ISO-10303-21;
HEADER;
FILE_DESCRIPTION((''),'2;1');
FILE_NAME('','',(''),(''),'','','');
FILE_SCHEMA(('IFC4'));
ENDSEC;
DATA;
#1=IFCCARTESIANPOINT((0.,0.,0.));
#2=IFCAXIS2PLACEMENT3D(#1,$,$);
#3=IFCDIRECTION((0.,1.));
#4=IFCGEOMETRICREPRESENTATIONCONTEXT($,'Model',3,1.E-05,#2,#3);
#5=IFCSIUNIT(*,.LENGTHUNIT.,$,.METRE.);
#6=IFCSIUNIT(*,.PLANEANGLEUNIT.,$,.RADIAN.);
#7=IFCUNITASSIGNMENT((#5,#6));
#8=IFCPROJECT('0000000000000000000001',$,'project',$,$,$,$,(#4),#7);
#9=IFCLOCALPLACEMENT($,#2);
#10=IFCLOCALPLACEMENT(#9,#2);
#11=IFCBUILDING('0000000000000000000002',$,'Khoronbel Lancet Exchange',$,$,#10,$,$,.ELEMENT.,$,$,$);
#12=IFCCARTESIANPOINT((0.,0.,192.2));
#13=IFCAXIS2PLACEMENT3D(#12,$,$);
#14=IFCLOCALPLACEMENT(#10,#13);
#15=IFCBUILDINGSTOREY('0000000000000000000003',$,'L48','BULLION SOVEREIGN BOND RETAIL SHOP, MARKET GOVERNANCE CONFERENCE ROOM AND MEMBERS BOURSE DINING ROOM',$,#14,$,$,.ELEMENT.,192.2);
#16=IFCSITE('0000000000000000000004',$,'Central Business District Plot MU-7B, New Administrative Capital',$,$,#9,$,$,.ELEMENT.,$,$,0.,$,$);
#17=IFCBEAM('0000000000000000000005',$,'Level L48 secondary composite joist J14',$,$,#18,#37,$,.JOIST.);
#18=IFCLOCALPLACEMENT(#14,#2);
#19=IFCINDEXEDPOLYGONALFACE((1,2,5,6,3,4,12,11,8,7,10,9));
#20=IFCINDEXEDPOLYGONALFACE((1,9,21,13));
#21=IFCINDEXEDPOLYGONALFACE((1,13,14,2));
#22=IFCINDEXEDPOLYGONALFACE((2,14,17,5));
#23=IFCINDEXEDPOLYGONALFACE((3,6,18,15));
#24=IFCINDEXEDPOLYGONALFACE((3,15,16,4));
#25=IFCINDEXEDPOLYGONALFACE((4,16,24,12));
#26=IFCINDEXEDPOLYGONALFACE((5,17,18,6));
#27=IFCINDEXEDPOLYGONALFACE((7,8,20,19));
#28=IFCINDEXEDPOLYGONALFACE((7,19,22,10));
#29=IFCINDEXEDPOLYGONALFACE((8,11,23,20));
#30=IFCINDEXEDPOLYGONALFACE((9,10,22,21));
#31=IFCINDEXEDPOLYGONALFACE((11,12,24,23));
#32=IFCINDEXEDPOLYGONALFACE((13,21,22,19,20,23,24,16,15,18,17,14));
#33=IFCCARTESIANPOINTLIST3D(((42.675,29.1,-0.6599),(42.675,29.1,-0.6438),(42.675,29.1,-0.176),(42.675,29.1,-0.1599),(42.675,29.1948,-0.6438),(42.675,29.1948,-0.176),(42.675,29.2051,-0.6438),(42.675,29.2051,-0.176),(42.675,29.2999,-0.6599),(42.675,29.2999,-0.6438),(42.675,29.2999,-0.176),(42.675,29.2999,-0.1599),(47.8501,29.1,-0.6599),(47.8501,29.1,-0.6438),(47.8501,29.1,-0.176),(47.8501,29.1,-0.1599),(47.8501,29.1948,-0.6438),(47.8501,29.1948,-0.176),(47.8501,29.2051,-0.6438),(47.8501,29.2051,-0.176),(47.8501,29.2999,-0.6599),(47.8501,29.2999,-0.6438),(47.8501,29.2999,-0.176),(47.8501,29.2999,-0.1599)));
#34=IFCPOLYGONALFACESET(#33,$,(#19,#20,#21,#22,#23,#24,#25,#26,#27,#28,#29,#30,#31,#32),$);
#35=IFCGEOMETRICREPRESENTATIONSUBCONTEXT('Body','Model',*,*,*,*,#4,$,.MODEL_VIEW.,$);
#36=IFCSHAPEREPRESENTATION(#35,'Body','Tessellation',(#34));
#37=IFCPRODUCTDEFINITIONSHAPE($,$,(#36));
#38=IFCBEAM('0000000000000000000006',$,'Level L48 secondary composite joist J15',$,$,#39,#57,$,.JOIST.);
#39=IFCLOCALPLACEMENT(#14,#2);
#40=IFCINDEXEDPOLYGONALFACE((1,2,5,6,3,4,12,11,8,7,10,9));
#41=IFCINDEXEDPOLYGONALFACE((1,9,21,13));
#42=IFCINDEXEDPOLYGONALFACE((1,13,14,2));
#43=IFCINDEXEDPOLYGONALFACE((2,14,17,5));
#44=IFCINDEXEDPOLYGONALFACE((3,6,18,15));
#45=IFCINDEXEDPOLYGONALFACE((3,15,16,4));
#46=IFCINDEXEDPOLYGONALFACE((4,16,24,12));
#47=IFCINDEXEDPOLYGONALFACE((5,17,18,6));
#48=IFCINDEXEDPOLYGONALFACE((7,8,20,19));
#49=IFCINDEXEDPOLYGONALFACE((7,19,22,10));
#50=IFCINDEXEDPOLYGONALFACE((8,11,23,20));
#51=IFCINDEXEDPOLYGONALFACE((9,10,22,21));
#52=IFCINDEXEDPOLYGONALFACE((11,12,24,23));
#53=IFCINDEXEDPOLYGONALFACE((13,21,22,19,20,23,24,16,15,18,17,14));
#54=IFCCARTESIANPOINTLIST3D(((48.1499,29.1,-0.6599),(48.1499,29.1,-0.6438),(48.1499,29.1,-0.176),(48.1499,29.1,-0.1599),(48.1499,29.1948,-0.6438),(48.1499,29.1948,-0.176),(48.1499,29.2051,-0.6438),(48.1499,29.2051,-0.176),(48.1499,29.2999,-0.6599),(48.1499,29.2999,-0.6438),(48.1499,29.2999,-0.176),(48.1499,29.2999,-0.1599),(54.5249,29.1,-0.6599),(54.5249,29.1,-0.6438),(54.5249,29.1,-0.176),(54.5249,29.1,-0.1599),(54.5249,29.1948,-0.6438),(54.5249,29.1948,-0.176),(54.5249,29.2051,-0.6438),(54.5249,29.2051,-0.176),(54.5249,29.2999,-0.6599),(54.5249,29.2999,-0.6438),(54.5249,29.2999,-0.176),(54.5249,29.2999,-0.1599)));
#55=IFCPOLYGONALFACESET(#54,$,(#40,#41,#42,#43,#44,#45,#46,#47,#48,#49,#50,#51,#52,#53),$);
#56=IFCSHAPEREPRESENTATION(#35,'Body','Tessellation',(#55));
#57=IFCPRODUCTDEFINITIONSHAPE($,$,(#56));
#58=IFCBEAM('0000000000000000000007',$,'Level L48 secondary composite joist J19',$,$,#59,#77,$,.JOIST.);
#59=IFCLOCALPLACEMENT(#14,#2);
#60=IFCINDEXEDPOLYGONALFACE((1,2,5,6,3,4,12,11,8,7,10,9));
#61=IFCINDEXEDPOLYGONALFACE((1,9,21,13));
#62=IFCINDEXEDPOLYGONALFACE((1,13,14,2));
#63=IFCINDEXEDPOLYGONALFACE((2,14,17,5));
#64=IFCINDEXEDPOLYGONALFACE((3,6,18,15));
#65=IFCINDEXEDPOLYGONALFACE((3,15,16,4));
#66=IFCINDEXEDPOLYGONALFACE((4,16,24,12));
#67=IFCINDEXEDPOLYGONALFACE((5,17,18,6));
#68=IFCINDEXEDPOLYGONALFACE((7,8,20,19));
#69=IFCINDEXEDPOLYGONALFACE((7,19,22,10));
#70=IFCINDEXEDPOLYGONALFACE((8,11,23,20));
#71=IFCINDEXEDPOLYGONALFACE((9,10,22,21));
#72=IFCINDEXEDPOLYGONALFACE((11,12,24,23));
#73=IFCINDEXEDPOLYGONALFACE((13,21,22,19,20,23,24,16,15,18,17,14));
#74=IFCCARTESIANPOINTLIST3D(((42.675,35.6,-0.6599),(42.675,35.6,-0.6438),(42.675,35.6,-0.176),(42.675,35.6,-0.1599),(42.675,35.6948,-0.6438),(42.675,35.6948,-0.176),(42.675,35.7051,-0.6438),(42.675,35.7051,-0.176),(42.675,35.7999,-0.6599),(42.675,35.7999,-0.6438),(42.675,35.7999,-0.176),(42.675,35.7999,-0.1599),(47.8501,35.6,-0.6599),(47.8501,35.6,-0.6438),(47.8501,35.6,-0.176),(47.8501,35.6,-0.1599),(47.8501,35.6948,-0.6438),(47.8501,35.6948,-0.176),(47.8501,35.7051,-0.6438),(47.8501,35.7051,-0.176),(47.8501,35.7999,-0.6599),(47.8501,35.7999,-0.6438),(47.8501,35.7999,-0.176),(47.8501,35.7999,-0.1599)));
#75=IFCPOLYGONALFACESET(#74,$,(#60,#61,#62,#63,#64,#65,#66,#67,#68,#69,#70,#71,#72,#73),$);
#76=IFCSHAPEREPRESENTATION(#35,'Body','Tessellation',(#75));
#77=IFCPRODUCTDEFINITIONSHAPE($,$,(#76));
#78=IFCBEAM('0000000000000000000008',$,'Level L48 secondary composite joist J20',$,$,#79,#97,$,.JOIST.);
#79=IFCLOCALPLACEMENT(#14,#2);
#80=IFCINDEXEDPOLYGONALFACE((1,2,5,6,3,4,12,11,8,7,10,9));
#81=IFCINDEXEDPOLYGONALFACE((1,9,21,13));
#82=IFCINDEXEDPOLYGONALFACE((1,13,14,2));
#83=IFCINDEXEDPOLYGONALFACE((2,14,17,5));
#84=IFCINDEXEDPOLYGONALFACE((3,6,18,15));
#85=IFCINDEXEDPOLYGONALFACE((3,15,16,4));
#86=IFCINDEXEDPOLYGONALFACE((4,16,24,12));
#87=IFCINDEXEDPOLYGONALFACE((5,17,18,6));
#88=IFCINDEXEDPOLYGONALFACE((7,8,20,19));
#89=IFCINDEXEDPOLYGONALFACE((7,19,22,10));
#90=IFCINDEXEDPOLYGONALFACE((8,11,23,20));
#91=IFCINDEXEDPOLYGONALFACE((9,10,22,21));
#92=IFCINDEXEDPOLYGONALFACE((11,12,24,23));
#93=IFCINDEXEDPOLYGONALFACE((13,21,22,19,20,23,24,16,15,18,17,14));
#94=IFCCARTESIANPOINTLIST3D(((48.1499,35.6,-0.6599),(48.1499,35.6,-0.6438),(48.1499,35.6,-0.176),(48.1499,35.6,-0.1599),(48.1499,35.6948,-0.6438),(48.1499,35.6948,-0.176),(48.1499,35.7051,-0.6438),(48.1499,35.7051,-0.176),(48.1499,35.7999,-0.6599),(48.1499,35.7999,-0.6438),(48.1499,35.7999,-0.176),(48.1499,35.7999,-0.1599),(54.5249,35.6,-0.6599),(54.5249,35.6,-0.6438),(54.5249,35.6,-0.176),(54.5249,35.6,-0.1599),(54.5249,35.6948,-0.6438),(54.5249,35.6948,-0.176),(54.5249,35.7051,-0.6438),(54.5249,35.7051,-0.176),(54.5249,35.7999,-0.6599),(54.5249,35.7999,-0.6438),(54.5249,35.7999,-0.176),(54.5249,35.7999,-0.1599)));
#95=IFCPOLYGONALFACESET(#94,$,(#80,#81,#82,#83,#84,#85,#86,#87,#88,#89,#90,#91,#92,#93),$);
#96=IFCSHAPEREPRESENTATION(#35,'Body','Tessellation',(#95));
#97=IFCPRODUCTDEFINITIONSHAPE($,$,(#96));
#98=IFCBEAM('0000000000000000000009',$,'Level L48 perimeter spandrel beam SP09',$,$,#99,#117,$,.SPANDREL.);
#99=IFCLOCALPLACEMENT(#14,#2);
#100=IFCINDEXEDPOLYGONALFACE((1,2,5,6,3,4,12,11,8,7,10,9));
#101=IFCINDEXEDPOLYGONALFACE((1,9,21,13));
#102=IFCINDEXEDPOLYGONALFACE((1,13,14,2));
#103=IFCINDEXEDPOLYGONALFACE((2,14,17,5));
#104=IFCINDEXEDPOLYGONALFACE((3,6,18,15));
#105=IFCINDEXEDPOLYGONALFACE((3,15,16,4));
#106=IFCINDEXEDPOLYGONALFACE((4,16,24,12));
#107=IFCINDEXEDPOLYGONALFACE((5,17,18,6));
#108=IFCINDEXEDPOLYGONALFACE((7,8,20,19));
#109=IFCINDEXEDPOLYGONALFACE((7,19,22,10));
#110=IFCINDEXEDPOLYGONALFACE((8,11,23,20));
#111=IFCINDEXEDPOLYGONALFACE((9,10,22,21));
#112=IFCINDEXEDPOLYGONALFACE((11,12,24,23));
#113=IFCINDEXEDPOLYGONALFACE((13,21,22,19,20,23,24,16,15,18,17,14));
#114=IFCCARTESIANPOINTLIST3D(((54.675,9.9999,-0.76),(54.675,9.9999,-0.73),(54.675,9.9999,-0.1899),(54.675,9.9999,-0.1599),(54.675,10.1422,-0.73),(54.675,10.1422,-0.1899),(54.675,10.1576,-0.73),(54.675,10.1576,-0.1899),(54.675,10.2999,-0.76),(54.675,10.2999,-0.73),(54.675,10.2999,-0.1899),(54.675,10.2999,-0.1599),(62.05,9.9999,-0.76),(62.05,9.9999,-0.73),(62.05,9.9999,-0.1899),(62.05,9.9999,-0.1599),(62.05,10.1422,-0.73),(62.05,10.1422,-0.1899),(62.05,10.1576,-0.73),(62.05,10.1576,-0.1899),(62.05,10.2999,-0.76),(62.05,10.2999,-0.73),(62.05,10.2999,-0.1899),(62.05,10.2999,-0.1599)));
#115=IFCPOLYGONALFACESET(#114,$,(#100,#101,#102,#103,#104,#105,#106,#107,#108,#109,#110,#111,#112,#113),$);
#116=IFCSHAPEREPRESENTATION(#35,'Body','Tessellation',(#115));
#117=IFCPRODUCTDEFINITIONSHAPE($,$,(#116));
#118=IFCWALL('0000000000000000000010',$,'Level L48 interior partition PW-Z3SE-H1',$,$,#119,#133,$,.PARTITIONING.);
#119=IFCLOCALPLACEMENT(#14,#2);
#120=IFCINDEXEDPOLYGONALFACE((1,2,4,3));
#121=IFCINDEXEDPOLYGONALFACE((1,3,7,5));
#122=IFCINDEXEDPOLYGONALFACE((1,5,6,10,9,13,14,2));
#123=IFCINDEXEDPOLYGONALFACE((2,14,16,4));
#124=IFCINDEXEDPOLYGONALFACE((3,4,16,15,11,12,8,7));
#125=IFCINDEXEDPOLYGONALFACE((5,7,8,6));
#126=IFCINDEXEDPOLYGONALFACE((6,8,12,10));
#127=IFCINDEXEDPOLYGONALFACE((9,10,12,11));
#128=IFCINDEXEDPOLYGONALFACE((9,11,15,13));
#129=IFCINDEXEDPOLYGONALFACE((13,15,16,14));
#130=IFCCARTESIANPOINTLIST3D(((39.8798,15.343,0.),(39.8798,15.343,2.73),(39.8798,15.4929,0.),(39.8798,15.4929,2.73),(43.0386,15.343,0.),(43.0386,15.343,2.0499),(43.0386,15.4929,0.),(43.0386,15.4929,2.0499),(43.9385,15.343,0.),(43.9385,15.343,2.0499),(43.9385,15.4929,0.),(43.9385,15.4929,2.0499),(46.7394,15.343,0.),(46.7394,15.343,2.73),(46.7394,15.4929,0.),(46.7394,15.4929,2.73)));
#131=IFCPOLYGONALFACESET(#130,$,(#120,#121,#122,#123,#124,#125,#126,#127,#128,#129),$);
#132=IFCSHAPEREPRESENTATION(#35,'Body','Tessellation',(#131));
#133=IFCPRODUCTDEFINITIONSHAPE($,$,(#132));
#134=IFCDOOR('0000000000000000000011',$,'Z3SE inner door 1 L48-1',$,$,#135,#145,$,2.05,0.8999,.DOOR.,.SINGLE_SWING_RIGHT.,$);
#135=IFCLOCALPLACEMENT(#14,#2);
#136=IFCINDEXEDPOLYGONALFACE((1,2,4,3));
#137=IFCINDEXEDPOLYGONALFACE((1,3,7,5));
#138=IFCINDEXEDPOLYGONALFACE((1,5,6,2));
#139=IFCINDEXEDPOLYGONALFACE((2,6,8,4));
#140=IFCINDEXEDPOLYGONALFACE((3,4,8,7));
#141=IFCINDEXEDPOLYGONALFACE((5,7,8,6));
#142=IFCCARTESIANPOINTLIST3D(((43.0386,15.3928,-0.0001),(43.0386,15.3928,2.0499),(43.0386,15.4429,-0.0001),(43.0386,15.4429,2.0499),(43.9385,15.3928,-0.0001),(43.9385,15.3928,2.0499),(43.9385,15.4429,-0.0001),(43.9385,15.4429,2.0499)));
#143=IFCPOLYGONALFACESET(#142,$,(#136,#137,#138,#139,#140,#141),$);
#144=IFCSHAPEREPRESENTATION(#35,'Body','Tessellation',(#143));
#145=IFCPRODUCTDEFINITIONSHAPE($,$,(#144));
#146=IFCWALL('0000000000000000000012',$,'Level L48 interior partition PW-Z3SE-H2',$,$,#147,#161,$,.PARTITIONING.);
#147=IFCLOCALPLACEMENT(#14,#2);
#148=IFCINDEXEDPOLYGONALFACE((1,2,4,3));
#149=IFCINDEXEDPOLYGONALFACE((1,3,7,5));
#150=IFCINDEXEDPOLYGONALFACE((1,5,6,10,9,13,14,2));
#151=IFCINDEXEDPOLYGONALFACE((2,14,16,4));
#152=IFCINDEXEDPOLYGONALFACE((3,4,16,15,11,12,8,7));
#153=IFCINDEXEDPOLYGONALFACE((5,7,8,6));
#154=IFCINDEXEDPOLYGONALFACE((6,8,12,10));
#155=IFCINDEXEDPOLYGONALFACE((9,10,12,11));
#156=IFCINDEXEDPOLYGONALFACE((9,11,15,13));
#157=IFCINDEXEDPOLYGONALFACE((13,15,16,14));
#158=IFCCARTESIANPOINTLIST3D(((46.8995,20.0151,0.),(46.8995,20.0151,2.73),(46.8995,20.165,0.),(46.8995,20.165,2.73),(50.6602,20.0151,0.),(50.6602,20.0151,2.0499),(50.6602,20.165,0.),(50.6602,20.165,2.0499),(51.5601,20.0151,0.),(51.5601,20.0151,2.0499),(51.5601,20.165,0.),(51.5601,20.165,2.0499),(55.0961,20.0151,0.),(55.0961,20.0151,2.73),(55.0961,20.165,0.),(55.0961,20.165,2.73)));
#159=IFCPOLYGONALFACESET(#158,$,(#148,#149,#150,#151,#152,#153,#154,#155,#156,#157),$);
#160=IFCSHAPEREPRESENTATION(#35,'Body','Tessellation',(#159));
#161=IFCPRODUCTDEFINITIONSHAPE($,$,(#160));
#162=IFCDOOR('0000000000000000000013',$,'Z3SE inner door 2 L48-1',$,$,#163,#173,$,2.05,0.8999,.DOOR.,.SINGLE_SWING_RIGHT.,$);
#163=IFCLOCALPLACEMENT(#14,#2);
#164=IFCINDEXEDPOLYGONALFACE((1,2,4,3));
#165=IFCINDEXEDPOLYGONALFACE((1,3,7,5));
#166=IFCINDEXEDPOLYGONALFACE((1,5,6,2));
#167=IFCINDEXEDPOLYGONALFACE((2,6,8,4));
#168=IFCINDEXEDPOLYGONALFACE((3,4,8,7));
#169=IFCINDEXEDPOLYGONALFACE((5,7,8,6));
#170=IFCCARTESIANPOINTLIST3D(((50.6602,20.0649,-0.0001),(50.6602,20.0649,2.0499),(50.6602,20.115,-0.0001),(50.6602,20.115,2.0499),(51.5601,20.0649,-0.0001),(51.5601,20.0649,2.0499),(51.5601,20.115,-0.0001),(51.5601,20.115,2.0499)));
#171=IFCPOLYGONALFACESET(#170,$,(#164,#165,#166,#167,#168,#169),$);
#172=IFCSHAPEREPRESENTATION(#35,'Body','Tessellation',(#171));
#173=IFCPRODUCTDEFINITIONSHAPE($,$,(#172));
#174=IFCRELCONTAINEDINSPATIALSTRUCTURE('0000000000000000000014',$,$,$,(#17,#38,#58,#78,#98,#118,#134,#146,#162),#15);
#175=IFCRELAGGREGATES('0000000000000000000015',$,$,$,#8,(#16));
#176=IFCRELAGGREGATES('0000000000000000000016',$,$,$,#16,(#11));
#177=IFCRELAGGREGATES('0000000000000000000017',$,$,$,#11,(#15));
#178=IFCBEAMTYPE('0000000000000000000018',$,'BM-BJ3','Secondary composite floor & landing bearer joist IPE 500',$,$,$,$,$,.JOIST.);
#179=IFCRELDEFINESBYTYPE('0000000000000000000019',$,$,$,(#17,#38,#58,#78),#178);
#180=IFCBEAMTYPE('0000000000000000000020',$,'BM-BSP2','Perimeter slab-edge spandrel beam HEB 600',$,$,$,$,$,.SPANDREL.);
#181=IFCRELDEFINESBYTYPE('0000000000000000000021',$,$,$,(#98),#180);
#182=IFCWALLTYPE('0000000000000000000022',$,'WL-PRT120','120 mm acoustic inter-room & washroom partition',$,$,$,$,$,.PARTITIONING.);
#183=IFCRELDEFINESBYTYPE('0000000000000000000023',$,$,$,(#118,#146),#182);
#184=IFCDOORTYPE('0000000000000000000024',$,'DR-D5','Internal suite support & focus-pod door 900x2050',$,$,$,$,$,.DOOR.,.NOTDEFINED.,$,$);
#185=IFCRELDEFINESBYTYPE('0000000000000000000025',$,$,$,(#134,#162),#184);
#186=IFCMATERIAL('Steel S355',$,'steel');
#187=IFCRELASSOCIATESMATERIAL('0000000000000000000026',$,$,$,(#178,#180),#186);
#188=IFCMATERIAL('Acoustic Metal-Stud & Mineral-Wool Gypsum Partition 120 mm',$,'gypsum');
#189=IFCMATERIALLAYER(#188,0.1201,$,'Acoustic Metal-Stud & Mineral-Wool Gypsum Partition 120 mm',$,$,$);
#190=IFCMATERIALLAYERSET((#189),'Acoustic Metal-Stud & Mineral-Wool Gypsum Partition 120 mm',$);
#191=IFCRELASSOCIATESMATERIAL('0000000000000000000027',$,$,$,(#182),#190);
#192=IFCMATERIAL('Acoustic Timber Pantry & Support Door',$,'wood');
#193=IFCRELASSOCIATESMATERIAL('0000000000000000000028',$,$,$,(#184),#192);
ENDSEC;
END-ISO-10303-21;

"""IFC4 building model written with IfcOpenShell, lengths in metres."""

from ifc_helpers import new_model, si_unit, direction, frame, frame_2d, origin, origin_2d, place, context, subcontext, project, spatial, rectangle, i_section, extrude, material, layer, layer_set, material_profile, profile_set, type_object, element, fill, save


model = new_model("IFC4")

# Units and contexts
model_context = context("Model", 3, precision=1e-05, world=origin(), true_north=direction((0.0, 1.0)))
body_context = subcontext(model_context, "Body", "Model", "MODEL_VIEW")
ifc_project = project(units=[si_unit("LENGTHUNIT", "METRE"), si_unit("PLANEANGLEUNIT", "RADIAN")], contexts=[model_context])

# Site, building, storey
site_placement = place(None, origin())
site = spatial("IfcSite", under=ifc_project, at=site_placement, Name="Central Business District Plot MU-7B, New Administrative Capital", CompositionType="ELEMENT", RefElevation=0.0)
building_placement = place(site_placement, origin())
building = spatial("IfcBuilding", under=site, at=building_placement, Name="Khoronbel Lancet Exchange", CompositionType="ELEMENT")
storey_placement = place(building_placement, frame((0.0, 0.0, 192.2)))
storey = spatial("IfcBuildingStorey", under=building, at=storey_placement, Name="L48", Description="BULLION SOVEREIGN BOND RETAIL SHOP, MARKET GOVERNANCE CONFERENCE ROOM AND MEMBERS BOURSE DINING ROOM", CompositionType="ELEMENT", Elevation=192.2)

# Shared definitions
ifc_material_1 = material(Name="Steel S355", Category="steel")

# Beams
ifc_material_profile_1 = material_profile(ifc_material_1, i_section(OverallWidth=0.2, OverallDepth=0.5, WebThickness=0.0103, FlangeThickness=0.0161, at=origin_2d()), Name="IPE 500")
ifc_profile_set_1 = profile_set([ifc_material_profile_1], Name="Steel S355")
beam_type_1 = type_object("IfcBeamType", Name="BM-BJ3", Description="Secondary composite floor & landing bearer joist IPE 500", PredefinedType="JOIST", material=ifc_profile_set_1)
beam_1_placement = place(storey_placement, frame((42.675, 29.2, -0.4099), z_axis=(1.0, 0.0, 0.0), x_axis=(0.0, 1.0, 0.0)))
element("IfcBeam", 1, at=beam_1_placement, inside=storey, type_object=beam_type_1, Name="Level L48 secondary composite joist J14", PredefinedType="JOIST", context=body_context, shape_type="SweptSolid", body=[
    extrude(i_section(OverallWidth=0.2, OverallDepth=0.5, WebThickness=0.0103, FlangeThickness=0.0161, at=origin_2d()), origin(), (0.0, 0.0, 1.0), 5.175),
])
beam_2_placement = place(storey_placement, frame((48.1499, 29.2, -0.4099), z_axis=(1.0, 0.0, 0.0), x_axis=(0.0, 1.0, 0.0)))
element("IfcBeam", 2, at=beam_2_placement, inside=storey, type_object=beam_type_1, Name="Level L48 secondary composite joist J15", PredefinedType="JOIST", context=body_context, shape_type="SweptSolid", body=[
    extrude(i_section(OverallWidth=0.2, OverallDepth=0.5, WebThickness=0.0103, FlangeThickness=0.0161, at=origin_2d()), origin(), (0.0, 0.0, 1.0), 6.375),
])
beam_3_placement = place(storey_placement, frame((42.675, 35.7, -0.4099), z_axis=(1.0, 0.0, 0.0), x_axis=(0.0, 1.0, 0.0)))
element("IfcBeam", 3, at=beam_3_placement, inside=storey, type_object=beam_type_1, Name="Level L48 secondary composite joist J19", PredefinedType="JOIST", context=body_context, shape_type="SweptSolid", body=[
    extrude(i_section(OverallWidth=0.2, OverallDepth=0.5, WebThickness=0.0103, FlangeThickness=0.0161, at=origin_2d()), origin(), (0.0, 0.0, 1.0), 5.175),
])
beam_4_placement = place(storey_placement, frame((48.1499, 35.7, -0.4099), z_axis=(1.0, 0.0, 0.0), x_axis=(0.0, 1.0, 0.0)))
element("IfcBeam", 4, at=beam_4_placement, inside=storey, type_object=beam_type_1, Name="Level L48 secondary composite joist J20", PredefinedType="JOIST", context=body_context, shape_type="SweptSolid", body=[
    extrude(i_section(OverallWidth=0.2, OverallDepth=0.5, WebThickness=0.0103, FlangeThickness=0.0161, at=origin_2d()), origin(), (0.0, 0.0, 1.0), 6.375),
])
ifc_material_profile_2 = material_profile(ifc_material_1, i_section(OverallWidth=0.3, OverallDepth=0.6001, WebThickness=0.0154, FlangeThickness=0.03, at=origin_2d()), Name="HEB 600")
ifc_profile_set_2 = profile_set([ifc_material_profile_2], Name="Steel S355")
beam_type_2 = type_object("IfcBeamType", Name="BM-BSP2", Description="Perimeter slab-edge spandrel beam HEB 600", PredefinedType="SPANDREL", material=ifc_profile_set_2)
beam_5_placement = place(storey_placement, frame((54.675, 10.1499, -0.46), z_axis=(1.0, 0.0, 0.0), x_axis=(0.0, 1.0, 0.0)))
element("IfcBeam", 5, at=beam_5_placement, inside=storey, type_object=beam_type_2, Name="Level L48 perimeter spandrel beam SP09", PredefinedType="SPANDREL", context=body_context, shape_type="SweptSolid", body=[
    extrude(i_section(OverallWidth=0.3, OverallDepth=0.6001, WebThickness=0.0154, FlangeThickness=0.03, at=origin_2d()), origin(), (0.0, 0.0, 1.0), 7.375),
])

# Walls, openings, doors
ifc_material_2 = material(Name="Acoustic Metal-Stud & Mineral-Wool Gypsum Partition 120 mm", Category="gypsum")
ifc_layer_1 = layer(ifc_material_2, 0.1201, Name="Acoustic Metal-Stud & Mineral-Wool Gypsum Partition 120 mm")
ifc_layer_set_1 = layer_set([ifc_layer_1], Name="Acoustic Metal-Stud & Mineral-Wool Gypsum Partition 120 mm")
wall_type_1 = type_object("IfcWallType", Name="WL-PRT120", Description="120 mm acoustic inter-room & washroom partition", PredefinedType="PARTITIONING", material=ifc_layer_set_1)
wall_1_placement = place(storey_placement, frame((39.8799, 15.418, 0.0), z_axis=(0.0, 0.0, 1.0), x_axis=(1.0, 0.0, 0.0)))
wall_1 = element("IfcWall", 6, at=wall_1_placement, inside=storey, type_object=wall_type_1, Name="Level L48 interior partition PW-Z3SE-H1", PredefinedType="PARTITIONING", context=body_context, shape_type="SweptSolid", body=[
    extrude(rectangle(XDim=6.8596, YDim=0.1499, at=frame_2d((3.4297, 0.0))), origin(), (0.0, 0.0, 1.0), 2.73),
])
opening_1_placement = place(wall_1_placement, frame((3.1587, 0.0, 0.0)))
opening_1 = element("IfcOpeningElement", 7, at=opening_1_placement, cuts=wall_1, PredefinedType="OPENING", context=body_context, shape_type="SweptSolid", body=[
    extrude(rectangle(XDim=0.8999, YDim=2.05, at=frame_2d((0.45, 1.0249))), frame((0.0, 0.085, 0.0), z_axis=(0.0, -1.0, 0.0), x_axis=(1.0, 0.0, 0.0)), (0.0, 0.0, 1.0), 0.1699),
])
ifc_material_3 = material(Name="Acoustic Timber Pantry & Support Door", Category="wood")
door_type_1 = type_object("IfcDoorType", Name="DR-D5", Description="Internal suite support & focus-pod door 900x2050", OperationType="NOTDEFINED", PredefinedType="DOOR", material=ifc_material_3)
door_1_placement = place(opening_1_placement, origin())
door_1 = element("IfcDoor", 8, at=door_1_placement, inside=storey, type_object=door_type_1, Name="Z3SE inner door 1 L48-1", OperationType="SINGLE_SWING_RIGHT", OverallHeight=2.05, OverallWidth=0.8999, PredefinedType="DOOR", context=body_context, shape_type="SweptSolid", body=[
    extrude(rectangle(XDim=0.8999, YDim=2.05, at=frame_2d((0.45, 1.0249))), frame((0.0, 0.0249, 0.0), z_axis=(0.0, -1.0, 0.0), x_axis=(1.0, 0.0, 0.0)), (0.0, 0.0, 1.0), 0.05),
])
fill(opening_1, door_1)
wall_2_placement = place(storey_placement, frame((46.8997, 20.0901, 0.0), z_axis=(0.0, 0.0, 1.0), x_axis=(1.0, 0.0, 0.0)))
wall_2 = element("IfcWall", 9, at=wall_2_placement, inside=storey, type_object=wall_type_1, Name="Level L48 interior partition PW-Z3SE-H2", PredefinedType="PARTITIONING", context=body_context, shape_type="SweptSolid", body=[
    extrude(rectangle(XDim=8.1965, YDim=0.1499, at=frame_2d((4.0981, 0.0))), origin(), (0.0, 0.0, 1.0), 2.73),
])
opening_2_placement = place(wall_2_placement, frame((3.7605, 0.0, 0.0)))
opening_2 = element("IfcOpeningElement", 10, at=opening_2_placement, cuts=wall_2, PredefinedType="OPENING", context=body_context, shape_type="SweptSolid", body=[
    extrude(rectangle(XDim=0.8999, YDim=2.05, at=frame_2d((0.45, 1.0249))), frame((0.0, 0.085, 0.0), z_axis=(0.0, -1.0, 0.0), x_axis=(1.0, 0.0, 0.0)), (0.0, 0.0, 1.0), 0.1699),
])
door_2_placement = place(opening_2_placement, origin())
door_2 = element("IfcDoor", 11, at=door_2_placement, inside=storey, type_object=door_type_1, Name="Z3SE inner door 2 L48-1", OperationType="SINGLE_SWING_RIGHT", OverallHeight=2.05, OverallWidth=0.8999, PredefinedType="DOOR", context=body_context, shape_type="SweptSolid", body=[
    extrude(rectangle(XDim=0.8999, YDim=2.05, at=frame_2d((0.45, 1.0249))), frame((0.0, 0.0249, 0.0), z_axis=(0.0, -1.0, 0.0), x_axis=(1.0, 0.0, 0.0)), (0.0, 0.0, 1.0), 0.05),
])
fill(opening_2, door_2)

save(model, "model.ifc")
